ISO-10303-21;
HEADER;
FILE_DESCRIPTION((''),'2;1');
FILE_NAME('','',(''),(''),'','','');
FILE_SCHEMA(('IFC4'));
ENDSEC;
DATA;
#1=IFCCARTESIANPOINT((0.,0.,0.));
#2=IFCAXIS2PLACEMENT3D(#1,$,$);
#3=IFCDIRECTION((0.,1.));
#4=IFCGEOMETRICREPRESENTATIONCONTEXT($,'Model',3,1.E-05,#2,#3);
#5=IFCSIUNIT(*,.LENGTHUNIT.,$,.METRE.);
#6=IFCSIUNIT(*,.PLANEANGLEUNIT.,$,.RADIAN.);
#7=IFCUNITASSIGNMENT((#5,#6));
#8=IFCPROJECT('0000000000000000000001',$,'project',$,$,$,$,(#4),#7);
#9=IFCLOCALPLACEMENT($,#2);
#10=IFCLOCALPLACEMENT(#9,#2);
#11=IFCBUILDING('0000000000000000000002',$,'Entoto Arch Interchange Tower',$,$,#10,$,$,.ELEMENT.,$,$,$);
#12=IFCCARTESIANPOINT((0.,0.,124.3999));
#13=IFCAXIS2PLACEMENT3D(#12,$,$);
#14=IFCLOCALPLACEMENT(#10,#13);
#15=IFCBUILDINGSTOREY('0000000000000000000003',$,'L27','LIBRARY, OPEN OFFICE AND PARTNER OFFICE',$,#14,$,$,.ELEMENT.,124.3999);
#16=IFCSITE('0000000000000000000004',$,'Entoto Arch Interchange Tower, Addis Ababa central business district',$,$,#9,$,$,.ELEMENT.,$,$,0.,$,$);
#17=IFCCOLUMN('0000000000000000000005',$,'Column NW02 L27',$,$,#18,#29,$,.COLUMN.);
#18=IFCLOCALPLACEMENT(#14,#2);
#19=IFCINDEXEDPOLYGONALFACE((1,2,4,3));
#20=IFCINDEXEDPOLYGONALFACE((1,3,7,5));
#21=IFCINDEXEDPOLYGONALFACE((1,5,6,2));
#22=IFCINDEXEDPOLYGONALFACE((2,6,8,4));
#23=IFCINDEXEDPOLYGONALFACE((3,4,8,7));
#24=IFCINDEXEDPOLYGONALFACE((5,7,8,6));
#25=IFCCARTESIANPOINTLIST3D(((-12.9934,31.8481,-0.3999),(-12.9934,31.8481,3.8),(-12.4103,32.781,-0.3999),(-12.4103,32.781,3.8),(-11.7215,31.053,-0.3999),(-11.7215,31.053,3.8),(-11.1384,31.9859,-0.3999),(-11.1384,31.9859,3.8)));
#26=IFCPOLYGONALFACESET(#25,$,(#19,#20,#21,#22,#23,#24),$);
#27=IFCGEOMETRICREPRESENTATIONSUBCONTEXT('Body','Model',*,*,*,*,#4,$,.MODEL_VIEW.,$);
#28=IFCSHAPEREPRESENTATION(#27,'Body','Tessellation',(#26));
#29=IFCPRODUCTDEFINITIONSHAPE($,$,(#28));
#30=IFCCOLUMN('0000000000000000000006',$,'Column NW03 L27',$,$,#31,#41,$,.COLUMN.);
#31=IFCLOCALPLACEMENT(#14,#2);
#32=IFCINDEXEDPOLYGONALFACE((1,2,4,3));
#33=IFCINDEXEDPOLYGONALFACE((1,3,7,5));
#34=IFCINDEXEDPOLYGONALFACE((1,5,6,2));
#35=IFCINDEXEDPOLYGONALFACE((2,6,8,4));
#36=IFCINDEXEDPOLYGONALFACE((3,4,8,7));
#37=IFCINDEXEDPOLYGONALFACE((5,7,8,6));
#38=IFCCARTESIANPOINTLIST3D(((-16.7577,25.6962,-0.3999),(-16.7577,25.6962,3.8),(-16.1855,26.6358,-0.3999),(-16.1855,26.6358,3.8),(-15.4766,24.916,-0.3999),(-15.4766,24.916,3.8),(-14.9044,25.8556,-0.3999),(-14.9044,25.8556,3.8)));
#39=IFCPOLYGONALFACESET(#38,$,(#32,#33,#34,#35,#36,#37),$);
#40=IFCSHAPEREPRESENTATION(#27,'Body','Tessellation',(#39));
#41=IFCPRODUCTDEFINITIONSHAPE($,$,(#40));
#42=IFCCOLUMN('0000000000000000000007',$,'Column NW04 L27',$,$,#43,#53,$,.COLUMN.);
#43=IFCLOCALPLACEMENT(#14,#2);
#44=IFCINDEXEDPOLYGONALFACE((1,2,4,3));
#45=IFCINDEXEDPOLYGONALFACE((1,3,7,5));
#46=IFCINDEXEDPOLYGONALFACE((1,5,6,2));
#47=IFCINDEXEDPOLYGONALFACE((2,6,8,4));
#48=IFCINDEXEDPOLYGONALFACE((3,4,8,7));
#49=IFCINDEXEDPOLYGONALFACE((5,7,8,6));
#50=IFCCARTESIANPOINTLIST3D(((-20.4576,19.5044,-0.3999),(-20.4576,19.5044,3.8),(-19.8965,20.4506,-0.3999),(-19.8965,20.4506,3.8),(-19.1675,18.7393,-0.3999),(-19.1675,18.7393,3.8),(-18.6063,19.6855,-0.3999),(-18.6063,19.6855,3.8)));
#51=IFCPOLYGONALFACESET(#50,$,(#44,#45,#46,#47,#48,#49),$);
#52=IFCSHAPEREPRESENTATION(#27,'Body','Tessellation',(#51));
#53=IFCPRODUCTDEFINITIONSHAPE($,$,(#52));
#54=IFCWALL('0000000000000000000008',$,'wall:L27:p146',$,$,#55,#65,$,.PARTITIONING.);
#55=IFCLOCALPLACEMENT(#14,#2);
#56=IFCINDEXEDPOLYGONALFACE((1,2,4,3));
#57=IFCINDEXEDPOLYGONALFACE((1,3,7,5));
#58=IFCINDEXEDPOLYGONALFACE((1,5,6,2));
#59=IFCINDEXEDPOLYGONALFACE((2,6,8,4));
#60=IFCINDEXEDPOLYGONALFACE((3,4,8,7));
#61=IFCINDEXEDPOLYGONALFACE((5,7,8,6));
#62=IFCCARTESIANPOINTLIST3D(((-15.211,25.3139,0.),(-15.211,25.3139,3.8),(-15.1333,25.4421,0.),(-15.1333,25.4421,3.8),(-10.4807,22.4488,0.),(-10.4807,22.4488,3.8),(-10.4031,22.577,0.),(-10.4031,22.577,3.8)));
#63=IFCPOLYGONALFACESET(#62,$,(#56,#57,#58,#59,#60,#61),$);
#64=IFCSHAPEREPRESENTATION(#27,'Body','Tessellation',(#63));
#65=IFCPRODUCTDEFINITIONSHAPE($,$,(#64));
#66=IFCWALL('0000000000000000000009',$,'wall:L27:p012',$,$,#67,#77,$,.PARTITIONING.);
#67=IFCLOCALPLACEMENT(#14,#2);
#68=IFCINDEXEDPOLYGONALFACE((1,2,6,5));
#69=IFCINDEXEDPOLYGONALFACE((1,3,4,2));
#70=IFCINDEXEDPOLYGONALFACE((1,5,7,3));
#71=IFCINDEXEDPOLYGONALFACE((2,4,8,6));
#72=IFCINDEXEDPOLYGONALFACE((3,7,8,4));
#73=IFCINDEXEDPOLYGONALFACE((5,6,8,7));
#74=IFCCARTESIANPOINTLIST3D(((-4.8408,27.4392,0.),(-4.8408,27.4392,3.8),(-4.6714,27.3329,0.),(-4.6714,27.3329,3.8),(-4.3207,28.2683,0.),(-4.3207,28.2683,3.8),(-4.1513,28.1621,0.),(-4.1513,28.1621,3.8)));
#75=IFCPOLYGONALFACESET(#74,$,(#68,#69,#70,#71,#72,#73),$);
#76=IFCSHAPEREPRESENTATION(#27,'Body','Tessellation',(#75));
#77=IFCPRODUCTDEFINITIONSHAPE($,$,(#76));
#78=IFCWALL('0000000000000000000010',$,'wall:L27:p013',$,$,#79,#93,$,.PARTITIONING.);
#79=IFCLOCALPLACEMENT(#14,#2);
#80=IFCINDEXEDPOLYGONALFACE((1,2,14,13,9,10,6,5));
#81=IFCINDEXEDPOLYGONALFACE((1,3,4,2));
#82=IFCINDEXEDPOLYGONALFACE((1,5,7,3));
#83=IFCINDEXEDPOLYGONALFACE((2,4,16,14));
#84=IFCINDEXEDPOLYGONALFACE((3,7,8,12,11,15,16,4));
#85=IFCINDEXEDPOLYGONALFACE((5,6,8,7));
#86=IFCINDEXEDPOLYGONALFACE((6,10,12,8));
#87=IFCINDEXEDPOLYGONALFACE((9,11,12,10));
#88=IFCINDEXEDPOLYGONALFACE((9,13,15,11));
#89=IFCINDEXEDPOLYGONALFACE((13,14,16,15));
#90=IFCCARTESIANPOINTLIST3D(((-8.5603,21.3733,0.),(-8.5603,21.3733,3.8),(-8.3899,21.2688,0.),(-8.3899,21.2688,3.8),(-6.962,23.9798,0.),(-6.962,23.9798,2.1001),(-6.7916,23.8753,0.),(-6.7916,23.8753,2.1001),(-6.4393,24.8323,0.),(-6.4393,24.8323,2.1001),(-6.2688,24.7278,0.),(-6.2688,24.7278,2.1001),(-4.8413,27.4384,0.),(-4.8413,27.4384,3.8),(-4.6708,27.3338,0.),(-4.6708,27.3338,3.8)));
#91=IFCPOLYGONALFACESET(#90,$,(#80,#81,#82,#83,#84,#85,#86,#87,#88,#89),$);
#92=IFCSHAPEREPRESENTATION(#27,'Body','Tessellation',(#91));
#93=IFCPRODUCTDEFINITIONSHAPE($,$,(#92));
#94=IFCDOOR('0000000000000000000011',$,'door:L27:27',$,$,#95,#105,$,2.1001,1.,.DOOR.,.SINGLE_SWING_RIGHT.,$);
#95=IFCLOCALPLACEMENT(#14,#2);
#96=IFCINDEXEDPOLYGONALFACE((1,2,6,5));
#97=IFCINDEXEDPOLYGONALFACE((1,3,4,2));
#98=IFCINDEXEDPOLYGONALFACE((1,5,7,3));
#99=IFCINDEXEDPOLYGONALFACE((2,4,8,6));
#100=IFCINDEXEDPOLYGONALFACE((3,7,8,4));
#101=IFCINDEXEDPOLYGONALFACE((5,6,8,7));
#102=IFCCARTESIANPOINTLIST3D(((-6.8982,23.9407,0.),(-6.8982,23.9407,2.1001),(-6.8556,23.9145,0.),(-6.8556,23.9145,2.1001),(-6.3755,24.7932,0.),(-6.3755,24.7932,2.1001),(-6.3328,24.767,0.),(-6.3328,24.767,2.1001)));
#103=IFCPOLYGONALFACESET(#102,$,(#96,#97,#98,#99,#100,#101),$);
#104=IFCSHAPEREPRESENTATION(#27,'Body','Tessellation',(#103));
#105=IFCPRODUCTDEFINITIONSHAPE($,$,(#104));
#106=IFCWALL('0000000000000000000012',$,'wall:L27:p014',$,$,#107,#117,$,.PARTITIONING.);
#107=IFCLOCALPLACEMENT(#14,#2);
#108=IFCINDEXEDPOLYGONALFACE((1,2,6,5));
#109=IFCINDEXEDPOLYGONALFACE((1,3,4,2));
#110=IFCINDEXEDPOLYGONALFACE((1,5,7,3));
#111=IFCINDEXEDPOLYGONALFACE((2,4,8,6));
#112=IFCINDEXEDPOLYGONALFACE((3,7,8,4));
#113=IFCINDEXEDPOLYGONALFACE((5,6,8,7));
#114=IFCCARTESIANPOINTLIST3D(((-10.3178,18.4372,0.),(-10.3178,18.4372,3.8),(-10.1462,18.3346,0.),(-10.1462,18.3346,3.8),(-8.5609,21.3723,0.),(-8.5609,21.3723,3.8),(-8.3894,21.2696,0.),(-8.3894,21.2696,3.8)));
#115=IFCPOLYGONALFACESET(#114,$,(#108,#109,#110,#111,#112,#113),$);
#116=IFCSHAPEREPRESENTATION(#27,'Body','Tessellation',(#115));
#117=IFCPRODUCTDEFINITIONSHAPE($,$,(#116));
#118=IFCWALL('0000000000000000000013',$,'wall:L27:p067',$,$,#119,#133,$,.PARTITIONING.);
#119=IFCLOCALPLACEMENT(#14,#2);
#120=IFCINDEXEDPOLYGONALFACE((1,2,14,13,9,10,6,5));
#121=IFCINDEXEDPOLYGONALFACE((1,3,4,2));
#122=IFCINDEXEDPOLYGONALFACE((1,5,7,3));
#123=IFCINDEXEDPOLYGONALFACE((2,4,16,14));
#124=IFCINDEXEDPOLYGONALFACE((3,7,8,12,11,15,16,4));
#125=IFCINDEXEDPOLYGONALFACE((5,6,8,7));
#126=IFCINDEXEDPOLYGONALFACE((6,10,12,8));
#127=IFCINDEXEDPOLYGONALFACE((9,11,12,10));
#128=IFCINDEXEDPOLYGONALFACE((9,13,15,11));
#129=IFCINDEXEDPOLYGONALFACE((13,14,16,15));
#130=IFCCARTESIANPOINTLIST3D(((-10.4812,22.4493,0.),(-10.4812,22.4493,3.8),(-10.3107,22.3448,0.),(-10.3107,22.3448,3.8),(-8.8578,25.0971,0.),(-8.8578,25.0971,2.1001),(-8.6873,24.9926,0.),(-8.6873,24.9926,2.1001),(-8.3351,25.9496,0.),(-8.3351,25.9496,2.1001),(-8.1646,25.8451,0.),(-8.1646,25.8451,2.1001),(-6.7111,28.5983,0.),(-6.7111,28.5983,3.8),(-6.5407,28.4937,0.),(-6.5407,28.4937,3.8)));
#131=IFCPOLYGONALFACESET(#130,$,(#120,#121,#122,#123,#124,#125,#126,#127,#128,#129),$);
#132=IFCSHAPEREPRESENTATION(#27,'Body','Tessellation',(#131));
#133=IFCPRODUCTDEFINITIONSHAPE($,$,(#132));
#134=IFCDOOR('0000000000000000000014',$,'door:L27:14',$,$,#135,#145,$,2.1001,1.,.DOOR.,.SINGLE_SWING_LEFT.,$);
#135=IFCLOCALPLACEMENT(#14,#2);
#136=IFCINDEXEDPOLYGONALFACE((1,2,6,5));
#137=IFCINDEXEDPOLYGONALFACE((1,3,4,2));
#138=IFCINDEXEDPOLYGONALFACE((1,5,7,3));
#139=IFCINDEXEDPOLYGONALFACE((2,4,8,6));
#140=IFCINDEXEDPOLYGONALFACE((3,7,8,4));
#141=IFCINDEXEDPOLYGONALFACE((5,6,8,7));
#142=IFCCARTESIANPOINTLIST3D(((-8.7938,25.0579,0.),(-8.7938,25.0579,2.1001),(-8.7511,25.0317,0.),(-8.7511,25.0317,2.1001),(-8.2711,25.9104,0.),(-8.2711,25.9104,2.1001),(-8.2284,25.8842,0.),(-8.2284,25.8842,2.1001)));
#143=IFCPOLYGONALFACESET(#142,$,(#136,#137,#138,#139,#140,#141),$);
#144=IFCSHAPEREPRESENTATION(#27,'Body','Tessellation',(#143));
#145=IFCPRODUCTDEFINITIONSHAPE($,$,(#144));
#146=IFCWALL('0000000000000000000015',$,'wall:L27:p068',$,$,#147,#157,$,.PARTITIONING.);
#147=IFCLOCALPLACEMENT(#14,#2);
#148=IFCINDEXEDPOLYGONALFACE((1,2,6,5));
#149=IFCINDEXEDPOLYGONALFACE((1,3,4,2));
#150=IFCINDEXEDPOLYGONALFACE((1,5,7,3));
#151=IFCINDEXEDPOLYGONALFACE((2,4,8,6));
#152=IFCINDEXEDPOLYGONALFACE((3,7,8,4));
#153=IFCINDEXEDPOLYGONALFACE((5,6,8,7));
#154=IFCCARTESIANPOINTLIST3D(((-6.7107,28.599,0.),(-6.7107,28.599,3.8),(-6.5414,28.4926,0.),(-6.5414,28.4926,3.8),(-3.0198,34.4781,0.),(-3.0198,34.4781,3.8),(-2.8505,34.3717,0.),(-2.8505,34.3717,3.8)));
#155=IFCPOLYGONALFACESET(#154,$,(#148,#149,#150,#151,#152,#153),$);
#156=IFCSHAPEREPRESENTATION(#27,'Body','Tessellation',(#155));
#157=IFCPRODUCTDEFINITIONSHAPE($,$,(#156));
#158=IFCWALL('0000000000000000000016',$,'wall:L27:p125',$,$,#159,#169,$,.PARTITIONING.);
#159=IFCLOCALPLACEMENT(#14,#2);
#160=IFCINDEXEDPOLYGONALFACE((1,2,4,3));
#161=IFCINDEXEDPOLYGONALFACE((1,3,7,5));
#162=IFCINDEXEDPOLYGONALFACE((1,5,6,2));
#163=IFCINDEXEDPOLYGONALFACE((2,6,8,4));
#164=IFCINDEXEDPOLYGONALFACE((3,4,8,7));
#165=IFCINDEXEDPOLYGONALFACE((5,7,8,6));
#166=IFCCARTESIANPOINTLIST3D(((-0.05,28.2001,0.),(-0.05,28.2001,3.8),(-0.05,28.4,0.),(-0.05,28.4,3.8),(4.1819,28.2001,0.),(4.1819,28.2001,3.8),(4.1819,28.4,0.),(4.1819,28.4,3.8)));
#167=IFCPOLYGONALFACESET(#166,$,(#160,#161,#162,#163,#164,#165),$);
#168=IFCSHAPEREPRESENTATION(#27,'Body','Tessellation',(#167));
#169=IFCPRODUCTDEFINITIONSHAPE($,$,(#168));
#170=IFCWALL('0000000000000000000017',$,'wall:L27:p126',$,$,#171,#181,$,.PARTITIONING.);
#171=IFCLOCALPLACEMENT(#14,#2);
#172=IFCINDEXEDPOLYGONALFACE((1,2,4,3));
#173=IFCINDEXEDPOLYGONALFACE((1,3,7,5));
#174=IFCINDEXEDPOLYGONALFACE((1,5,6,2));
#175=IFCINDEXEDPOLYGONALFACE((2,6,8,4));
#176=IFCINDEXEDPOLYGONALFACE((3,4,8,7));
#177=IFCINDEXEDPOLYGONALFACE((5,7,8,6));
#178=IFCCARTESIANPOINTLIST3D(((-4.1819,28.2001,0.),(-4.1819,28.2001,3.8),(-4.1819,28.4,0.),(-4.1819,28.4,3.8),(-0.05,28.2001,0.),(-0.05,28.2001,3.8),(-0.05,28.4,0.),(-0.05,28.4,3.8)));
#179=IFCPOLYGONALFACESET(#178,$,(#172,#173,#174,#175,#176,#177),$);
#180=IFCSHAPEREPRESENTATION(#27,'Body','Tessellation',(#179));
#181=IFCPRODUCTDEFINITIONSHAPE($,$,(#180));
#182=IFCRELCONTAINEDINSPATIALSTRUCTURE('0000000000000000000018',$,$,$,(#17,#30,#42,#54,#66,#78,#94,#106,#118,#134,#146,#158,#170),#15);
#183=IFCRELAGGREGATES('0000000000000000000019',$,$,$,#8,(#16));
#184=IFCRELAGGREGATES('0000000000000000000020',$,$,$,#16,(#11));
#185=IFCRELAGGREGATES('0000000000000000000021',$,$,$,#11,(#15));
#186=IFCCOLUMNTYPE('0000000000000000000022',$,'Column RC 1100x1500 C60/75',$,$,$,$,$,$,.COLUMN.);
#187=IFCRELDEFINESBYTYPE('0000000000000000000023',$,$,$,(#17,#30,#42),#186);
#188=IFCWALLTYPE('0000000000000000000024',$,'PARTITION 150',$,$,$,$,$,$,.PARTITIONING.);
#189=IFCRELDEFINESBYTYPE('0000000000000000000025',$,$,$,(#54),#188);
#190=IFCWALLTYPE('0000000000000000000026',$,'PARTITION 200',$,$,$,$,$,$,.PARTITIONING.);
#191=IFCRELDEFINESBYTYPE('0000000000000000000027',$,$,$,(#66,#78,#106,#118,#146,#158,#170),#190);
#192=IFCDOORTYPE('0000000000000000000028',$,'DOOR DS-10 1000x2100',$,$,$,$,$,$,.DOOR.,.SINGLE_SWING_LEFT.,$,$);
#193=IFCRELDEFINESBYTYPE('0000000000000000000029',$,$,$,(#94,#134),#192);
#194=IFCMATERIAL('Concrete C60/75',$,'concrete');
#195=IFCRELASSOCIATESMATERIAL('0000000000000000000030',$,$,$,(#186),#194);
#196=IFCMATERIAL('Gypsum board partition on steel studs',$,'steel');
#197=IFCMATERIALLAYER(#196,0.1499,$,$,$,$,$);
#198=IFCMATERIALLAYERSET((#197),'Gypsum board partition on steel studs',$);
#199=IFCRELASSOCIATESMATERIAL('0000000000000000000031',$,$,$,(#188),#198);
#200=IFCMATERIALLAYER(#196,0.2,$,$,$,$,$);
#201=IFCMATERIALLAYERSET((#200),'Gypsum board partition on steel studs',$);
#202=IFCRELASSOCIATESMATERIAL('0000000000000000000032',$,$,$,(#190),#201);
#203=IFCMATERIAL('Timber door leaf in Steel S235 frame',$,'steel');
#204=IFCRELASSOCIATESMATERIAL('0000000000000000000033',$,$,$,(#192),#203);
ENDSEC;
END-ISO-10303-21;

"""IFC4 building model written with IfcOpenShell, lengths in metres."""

from ifc_helpers import new_model, si_unit, direction, frame, frame_2d, origin, origin_2d, place, context, subcontext, project, spatial, rectangle, extrude, material, layer, layer_set, material_profile, profile_set, type_object, element, fill, save


model = new_model("IFC4")

# Units and contexts
model_context = context("Model", 3, precision=1e-05, world=origin(), true_north=direction((0.0, 1.0)))
body_context = subcontext(model_context, "Body", "Model", "MODEL_VIEW")
ifc_project = project(units=[si_unit("LENGTHUNIT", "METRE"), si_unit("PLANEANGLEUNIT", "RADIAN")], contexts=[model_context])

# Site, building, storey
site_placement = place(None, origin())
site = spatial("IfcSite", under=ifc_project, at=site_placement, Name="Entoto Arch Interchange Tower, Addis Ababa central business district", CompositionType="ELEMENT", RefElevation=0.0)
building_placement = place(site_placement, origin())
building = spatial("IfcBuilding", under=site, at=building_placement, Name="Entoto Arch Interchange Tower", CompositionType="ELEMENT")
storey_placement = place(building_placement, frame((0.0, 0.0, 124.3999)))
storey = spatial("IfcBuildingStorey", under=building, at=storey_placement, Name="L27", Description="LIBRARY, OPEN OFFICE AND PARTNER OFFICE", CompositionType="ELEMENT", Elevation=124.3999)

# Columns
ifc_material_1 = material(Name="Concrete C60/75", Category="concrete")
ifc_material_profile = material_profile(ifc_material_1, rectangle(XDim=1.1001, YDim=1.5, at=origin_2d()))
ifc_profile_set = profile_set([ifc_material_profile], Name="Concrete C60/75")
column_type = type_object("IfcColumnType", Name="Column RC 1100x1500 C60/75", PredefinedType="COLUMN", material=ifc_profile_set)
for number, where, z_axis, x_axis, name in (
    (1, (-12.0659, 31.917, -0.3999), (0.0, 0.0, 1.0), (0.530067, 0.847956, 0.0), "Column NW02 L27"),
    (2, (-15.8311, 25.7759, -0.3999), (0.0, 0.0, 1.0), (0.520116, 0.854096, 0.0), "Column NW03 L27"),
    (3, (-19.532, 19.595, -0.3999), (0.0, 0.0, 1.0), (0.510093, 0.860119, 0.0), "Column NW04 L27"),
):
    element("IfcColumn", number, at=place(storey_placement, frame(where, z_axis=z_axis, x_axis=x_axis)), inside=storey, type_object=column_type, Name=name, PredefinedType="COLUMN", context=body_context, shape_type="SweptSolid", body=[
        extrude(rectangle(XDim=1.1001, YDim=1.5, at=origin_2d()), origin(), (0.0, 0.0, 1.0), 4.2),
    ])

# Walls
ifc_material_2 = material(Name="Gypsum board partition on steel studs", Category="steel")
ifc_layer_1 = layer(ifc_material_2, 0.1499)
ifc_layer_set_1 = layer_set([ifc_layer_1], Name="Gypsum board partition on steel studs")
wall_type_1 = type_object("IfcWallType", Name="PARTITION 150", PredefinedType="PARTITIONING", material=ifc_layer_set_1)
wall_1_placement = place(storey_placement, frame((-10.4419, 22.5129, 0.0), z_axis=(0.0, 0.0, 1.0), x_axis=(-0.855343, 0.518062, 0.0)))
element("IfcWall", 4, at=wall_1_placement, inside=storey, type_object=wall_type_1, Name="wall:L27:p146", PredefinedType="PARTITIONING", context=body_context, shape_type="SweptSolid", body=[
    extrude(rectangle(XDim=5.5303, YDim=0.1499, at=frame_2d((2.7651, 0.0))), origin(), (0.0, 0.0, 1.0), 3.8),
])
ifc_layer_2 = layer(ifc_material_2, 0.2)
ifc_layer_set_2 = layer_set([ifc_layer_2], Name="Gypsum board partition on steel studs")
wall_type_2 = type_object("IfcWallType", Name="PARTITION 200", PredefinedType="PARTITIONING", material=ifc_layer_set_2)
wall_2_placement = place(storey_placement, frame((-4.2361, 28.2151, 0.0), z_axis=(0.0, 0.0, 1.0), x_axis=(-0.531344, -0.847156, 0.0)))
element("IfcWall", 5, at=wall_2_placement, inside=storey, type_object=wall_type_2, Name="wall:L27:p012", PredefinedType="PARTITIONING", context=body_context, shape_type="SweptSolid", body=[
    extrude(rectangle(XDim=0.9788, YDim=0.2, at=frame_2d((0.4893, 0.0))), origin(), (0.0, 0.0, 1.0), 3.8),
])

# Wall, opening, door
wall_3_placement = place(storey_placement, frame((-4.7561, 27.386, 0.0), z_axis=(0.0, 0.0, 1.0), x_axis=(-0.522743, -0.85249, 0.0)))
wall_3 = element("IfcWall", 6, at=wall_3_placement, inside=storey, type_object=wall_type_2, Name="wall:L27:p013", PredefinedType="PARTITIONING", context=body_context, shape_type="SweptSolid", body=[
    extrude(rectangle(XDim=7.1145, YDim=0.2, at=frame_2d((3.5571, 0.0))), origin(), (0.0, 0.0, 1.0), 3.8),
])
opening_1_placement = place(wall_3_placement, frame((3.0569, 0.0, 0.0)))
opening_1 = element("IfcOpeningElement", 7, at=opening_1_placement, cuts=wall_3, PredefinedType="OPENING", context=body_context, shape_type="SweptSolid", body=[
    extrude(rectangle(XDim=1.0, YDim=2.1001, at=frame_2d((0.5, 1.05))), frame((0.0, 0.1099, 0.0), z_axis=(0.0, -1.0, 0.0), x_axis=(1.0, 0.0, 0.0)), (0.0, 0.0, 1.0), 0.22),
])
ifc_material_3 = material(Name="Timber door leaf in Steel S235 frame", Category="steel")
door_type = type_object("IfcDoorType", Name="DOOR DS-10 1000x2100", OperationType="SINGLE_SWING_LEFT", PredefinedType="DOOR", material=ifc_material_3)
door_1_placement = place(opening_1_placement, origin())
door_1 = element("IfcDoor", 8, at=door_1_placement, inside=storey, type_object=door_type, Name="door:L27:27", OperationType="SINGLE_SWING_RIGHT", OverallHeight=2.1001, OverallWidth=1.0, PredefinedType="DOOR", context=body_context, shape_type="SweptSolid", body=[
    extrude(rectangle(XDim=1.0, YDim=2.1001, at=frame_2d((0.5, 1.05))), frame((0.0, 0.0249, 0.0), z_axis=(0.0, -1.0, 0.0), x_axis=(1.0, 0.0, 0.0)), (0.0, 0.0, 1.0), 0.05),
])
fill(opening_1, door_1)

# Wall
wall_4_placement = place(storey_placement, frame((-8.4751, 21.321, 0.0), z_axis=(0.0, 0.0, 1.0), x_axis=(-0.513593, -0.858034, 0.0)))
element("IfcWall", 9, at=wall_4_placement, inside=storey, type_object=wall_type_2, Name="wall:L27:p014", PredefinedType="PARTITIONING", context=body_context, shape_type="SweptSolid", body=[
    extrude(rectangle(XDim=3.4207, YDim=0.2, at=frame_2d((1.7104, 0.0))), origin(), (0.0, 0.0, 1.0), 3.8),
])

# Wall, opening, door
wall_5_placement = place(storey_placement, frame((-10.396, 22.397, 0.0), z_axis=(0.0, 0.0, 1.0), x_axis=(0.522695, 0.85252, 0.0)))
wall_5 = element("IfcWall", 10, at=wall_5_placement, inside=storey, type_object=wall_type_2, Name="wall:L27:p067", PredefinedType="PARTITIONING", context=body_context, shape_type="SweptSolid", body=[
    extrude(rectangle(XDim=7.2126, YDim=0.2, at=frame_2d((3.6064, 0.0))), origin(), (0.0, 0.0, 1.0), 3.8),
])
opening_2_placement = place(wall_5_placement, frame((3.106, 0.0, 0.0)))
opening_2 = element("IfcOpeningElement", 11, at=opening_2_placement, cuts=wall_5, PredefinedType="OPENING", context=body_context, shape_type="SweptSolid", body=[
    extrude(rectangle(XDim=1.0, YDim=2.1001, at=frame_2d((0.5, 1.05))), frame((0.0, 0.1099, 0.0), z_axis=(0.0, -1.0, 0.0), x_axis=(1.0, 0.0, 0.0)), (0.0, 0.0, 1.0), 0.22),
])
door_2_placement = place(opening_2_placement, origin())
door_2 = element("IfcDoor", 12, at=door_2_placement, inside=storey, type_object=door_type, Name="door:L27:14", OperationType="SINGLE_SWING_LEFT", OverallHeight=2.1001, OverallWidth=1.0, PredefinedType="DOOR", context=body_context, shape_type="SweptSolid", body=[
    extrude(rectangle(XDim=1.0, YDim=2.1001, at=frame_2d((0.5, 1.05))), frame((0.0, 0.0249, 0.0), z_axis=(0.0, -1.0, 0.0), x_axis=(1.0, 0.0, 0.0)), (0.0, 0.0, 1.0), 0.05),
])
fill(opening_2, door_2)

# Walls
wall_6_placement = place(storey_placement, frame((-6.626, 28.5459, 0.0), z_axis=(0.0, 0.0, 1.0), x_axis=(0.531702, 0.846932, 0.0)))
element("IfcWall", 13, at=wall_6_placement, inside=storey, type_object=wall_type_2, Name="wall:L27:p068", PredefinedType="PARTITIONING", context=body_context, shape_type="SweptSolid", body=[
    extrude(rectangle(XDim=6.9417, YDim=0.2, at=frame_2d((3.4707, 0.0))), origin(), (0.0, 0.0, 1.0), 3.8),
])
wall_7_placement = place(storey_placement, frame((-0.05, 28.3, 0.0), z_axis=(0.0, 0.0, 1.0), x_axis=(1.0, 0.0, 0.0)))
element("IfcWall", 14, at=wall_7_placement, inside=storey, type_object=wall_type_2, Name="wall:L27:p125", PredefinedType="PARTITIONING", context=body_context, shape_type="SweptSolid", body=[
    extrude(rectangle(XDim=4.2319, YDim=0.2, at=frame_2d((2.116, 0.0))), origin(), (0.0, 0.0, 1.0), 3.8),
])
wall_8_placement = place(storey_placement, frame((-4.1819, 28.3, 0.0), z_axis=(0.0, 0.0, 1.0), x_axis=(1.0, 0.0, 0.0)))
element("IfcWall", 15, at=wall_8_placement, inside=storey, type_object=wall_type_2, Name="wall:L27:p126", PredefinedType="PARTITIONING", context=body_context, shape_type="SweptSolid", body=[
    extrude(rectangle(XDim=4.1318, YDim=0.2, at=frame_2d((2.0659, 0.0))), origin(), (0.0, 0.0, 1.0), 3.8),
])

save(model, "model.ifc")
